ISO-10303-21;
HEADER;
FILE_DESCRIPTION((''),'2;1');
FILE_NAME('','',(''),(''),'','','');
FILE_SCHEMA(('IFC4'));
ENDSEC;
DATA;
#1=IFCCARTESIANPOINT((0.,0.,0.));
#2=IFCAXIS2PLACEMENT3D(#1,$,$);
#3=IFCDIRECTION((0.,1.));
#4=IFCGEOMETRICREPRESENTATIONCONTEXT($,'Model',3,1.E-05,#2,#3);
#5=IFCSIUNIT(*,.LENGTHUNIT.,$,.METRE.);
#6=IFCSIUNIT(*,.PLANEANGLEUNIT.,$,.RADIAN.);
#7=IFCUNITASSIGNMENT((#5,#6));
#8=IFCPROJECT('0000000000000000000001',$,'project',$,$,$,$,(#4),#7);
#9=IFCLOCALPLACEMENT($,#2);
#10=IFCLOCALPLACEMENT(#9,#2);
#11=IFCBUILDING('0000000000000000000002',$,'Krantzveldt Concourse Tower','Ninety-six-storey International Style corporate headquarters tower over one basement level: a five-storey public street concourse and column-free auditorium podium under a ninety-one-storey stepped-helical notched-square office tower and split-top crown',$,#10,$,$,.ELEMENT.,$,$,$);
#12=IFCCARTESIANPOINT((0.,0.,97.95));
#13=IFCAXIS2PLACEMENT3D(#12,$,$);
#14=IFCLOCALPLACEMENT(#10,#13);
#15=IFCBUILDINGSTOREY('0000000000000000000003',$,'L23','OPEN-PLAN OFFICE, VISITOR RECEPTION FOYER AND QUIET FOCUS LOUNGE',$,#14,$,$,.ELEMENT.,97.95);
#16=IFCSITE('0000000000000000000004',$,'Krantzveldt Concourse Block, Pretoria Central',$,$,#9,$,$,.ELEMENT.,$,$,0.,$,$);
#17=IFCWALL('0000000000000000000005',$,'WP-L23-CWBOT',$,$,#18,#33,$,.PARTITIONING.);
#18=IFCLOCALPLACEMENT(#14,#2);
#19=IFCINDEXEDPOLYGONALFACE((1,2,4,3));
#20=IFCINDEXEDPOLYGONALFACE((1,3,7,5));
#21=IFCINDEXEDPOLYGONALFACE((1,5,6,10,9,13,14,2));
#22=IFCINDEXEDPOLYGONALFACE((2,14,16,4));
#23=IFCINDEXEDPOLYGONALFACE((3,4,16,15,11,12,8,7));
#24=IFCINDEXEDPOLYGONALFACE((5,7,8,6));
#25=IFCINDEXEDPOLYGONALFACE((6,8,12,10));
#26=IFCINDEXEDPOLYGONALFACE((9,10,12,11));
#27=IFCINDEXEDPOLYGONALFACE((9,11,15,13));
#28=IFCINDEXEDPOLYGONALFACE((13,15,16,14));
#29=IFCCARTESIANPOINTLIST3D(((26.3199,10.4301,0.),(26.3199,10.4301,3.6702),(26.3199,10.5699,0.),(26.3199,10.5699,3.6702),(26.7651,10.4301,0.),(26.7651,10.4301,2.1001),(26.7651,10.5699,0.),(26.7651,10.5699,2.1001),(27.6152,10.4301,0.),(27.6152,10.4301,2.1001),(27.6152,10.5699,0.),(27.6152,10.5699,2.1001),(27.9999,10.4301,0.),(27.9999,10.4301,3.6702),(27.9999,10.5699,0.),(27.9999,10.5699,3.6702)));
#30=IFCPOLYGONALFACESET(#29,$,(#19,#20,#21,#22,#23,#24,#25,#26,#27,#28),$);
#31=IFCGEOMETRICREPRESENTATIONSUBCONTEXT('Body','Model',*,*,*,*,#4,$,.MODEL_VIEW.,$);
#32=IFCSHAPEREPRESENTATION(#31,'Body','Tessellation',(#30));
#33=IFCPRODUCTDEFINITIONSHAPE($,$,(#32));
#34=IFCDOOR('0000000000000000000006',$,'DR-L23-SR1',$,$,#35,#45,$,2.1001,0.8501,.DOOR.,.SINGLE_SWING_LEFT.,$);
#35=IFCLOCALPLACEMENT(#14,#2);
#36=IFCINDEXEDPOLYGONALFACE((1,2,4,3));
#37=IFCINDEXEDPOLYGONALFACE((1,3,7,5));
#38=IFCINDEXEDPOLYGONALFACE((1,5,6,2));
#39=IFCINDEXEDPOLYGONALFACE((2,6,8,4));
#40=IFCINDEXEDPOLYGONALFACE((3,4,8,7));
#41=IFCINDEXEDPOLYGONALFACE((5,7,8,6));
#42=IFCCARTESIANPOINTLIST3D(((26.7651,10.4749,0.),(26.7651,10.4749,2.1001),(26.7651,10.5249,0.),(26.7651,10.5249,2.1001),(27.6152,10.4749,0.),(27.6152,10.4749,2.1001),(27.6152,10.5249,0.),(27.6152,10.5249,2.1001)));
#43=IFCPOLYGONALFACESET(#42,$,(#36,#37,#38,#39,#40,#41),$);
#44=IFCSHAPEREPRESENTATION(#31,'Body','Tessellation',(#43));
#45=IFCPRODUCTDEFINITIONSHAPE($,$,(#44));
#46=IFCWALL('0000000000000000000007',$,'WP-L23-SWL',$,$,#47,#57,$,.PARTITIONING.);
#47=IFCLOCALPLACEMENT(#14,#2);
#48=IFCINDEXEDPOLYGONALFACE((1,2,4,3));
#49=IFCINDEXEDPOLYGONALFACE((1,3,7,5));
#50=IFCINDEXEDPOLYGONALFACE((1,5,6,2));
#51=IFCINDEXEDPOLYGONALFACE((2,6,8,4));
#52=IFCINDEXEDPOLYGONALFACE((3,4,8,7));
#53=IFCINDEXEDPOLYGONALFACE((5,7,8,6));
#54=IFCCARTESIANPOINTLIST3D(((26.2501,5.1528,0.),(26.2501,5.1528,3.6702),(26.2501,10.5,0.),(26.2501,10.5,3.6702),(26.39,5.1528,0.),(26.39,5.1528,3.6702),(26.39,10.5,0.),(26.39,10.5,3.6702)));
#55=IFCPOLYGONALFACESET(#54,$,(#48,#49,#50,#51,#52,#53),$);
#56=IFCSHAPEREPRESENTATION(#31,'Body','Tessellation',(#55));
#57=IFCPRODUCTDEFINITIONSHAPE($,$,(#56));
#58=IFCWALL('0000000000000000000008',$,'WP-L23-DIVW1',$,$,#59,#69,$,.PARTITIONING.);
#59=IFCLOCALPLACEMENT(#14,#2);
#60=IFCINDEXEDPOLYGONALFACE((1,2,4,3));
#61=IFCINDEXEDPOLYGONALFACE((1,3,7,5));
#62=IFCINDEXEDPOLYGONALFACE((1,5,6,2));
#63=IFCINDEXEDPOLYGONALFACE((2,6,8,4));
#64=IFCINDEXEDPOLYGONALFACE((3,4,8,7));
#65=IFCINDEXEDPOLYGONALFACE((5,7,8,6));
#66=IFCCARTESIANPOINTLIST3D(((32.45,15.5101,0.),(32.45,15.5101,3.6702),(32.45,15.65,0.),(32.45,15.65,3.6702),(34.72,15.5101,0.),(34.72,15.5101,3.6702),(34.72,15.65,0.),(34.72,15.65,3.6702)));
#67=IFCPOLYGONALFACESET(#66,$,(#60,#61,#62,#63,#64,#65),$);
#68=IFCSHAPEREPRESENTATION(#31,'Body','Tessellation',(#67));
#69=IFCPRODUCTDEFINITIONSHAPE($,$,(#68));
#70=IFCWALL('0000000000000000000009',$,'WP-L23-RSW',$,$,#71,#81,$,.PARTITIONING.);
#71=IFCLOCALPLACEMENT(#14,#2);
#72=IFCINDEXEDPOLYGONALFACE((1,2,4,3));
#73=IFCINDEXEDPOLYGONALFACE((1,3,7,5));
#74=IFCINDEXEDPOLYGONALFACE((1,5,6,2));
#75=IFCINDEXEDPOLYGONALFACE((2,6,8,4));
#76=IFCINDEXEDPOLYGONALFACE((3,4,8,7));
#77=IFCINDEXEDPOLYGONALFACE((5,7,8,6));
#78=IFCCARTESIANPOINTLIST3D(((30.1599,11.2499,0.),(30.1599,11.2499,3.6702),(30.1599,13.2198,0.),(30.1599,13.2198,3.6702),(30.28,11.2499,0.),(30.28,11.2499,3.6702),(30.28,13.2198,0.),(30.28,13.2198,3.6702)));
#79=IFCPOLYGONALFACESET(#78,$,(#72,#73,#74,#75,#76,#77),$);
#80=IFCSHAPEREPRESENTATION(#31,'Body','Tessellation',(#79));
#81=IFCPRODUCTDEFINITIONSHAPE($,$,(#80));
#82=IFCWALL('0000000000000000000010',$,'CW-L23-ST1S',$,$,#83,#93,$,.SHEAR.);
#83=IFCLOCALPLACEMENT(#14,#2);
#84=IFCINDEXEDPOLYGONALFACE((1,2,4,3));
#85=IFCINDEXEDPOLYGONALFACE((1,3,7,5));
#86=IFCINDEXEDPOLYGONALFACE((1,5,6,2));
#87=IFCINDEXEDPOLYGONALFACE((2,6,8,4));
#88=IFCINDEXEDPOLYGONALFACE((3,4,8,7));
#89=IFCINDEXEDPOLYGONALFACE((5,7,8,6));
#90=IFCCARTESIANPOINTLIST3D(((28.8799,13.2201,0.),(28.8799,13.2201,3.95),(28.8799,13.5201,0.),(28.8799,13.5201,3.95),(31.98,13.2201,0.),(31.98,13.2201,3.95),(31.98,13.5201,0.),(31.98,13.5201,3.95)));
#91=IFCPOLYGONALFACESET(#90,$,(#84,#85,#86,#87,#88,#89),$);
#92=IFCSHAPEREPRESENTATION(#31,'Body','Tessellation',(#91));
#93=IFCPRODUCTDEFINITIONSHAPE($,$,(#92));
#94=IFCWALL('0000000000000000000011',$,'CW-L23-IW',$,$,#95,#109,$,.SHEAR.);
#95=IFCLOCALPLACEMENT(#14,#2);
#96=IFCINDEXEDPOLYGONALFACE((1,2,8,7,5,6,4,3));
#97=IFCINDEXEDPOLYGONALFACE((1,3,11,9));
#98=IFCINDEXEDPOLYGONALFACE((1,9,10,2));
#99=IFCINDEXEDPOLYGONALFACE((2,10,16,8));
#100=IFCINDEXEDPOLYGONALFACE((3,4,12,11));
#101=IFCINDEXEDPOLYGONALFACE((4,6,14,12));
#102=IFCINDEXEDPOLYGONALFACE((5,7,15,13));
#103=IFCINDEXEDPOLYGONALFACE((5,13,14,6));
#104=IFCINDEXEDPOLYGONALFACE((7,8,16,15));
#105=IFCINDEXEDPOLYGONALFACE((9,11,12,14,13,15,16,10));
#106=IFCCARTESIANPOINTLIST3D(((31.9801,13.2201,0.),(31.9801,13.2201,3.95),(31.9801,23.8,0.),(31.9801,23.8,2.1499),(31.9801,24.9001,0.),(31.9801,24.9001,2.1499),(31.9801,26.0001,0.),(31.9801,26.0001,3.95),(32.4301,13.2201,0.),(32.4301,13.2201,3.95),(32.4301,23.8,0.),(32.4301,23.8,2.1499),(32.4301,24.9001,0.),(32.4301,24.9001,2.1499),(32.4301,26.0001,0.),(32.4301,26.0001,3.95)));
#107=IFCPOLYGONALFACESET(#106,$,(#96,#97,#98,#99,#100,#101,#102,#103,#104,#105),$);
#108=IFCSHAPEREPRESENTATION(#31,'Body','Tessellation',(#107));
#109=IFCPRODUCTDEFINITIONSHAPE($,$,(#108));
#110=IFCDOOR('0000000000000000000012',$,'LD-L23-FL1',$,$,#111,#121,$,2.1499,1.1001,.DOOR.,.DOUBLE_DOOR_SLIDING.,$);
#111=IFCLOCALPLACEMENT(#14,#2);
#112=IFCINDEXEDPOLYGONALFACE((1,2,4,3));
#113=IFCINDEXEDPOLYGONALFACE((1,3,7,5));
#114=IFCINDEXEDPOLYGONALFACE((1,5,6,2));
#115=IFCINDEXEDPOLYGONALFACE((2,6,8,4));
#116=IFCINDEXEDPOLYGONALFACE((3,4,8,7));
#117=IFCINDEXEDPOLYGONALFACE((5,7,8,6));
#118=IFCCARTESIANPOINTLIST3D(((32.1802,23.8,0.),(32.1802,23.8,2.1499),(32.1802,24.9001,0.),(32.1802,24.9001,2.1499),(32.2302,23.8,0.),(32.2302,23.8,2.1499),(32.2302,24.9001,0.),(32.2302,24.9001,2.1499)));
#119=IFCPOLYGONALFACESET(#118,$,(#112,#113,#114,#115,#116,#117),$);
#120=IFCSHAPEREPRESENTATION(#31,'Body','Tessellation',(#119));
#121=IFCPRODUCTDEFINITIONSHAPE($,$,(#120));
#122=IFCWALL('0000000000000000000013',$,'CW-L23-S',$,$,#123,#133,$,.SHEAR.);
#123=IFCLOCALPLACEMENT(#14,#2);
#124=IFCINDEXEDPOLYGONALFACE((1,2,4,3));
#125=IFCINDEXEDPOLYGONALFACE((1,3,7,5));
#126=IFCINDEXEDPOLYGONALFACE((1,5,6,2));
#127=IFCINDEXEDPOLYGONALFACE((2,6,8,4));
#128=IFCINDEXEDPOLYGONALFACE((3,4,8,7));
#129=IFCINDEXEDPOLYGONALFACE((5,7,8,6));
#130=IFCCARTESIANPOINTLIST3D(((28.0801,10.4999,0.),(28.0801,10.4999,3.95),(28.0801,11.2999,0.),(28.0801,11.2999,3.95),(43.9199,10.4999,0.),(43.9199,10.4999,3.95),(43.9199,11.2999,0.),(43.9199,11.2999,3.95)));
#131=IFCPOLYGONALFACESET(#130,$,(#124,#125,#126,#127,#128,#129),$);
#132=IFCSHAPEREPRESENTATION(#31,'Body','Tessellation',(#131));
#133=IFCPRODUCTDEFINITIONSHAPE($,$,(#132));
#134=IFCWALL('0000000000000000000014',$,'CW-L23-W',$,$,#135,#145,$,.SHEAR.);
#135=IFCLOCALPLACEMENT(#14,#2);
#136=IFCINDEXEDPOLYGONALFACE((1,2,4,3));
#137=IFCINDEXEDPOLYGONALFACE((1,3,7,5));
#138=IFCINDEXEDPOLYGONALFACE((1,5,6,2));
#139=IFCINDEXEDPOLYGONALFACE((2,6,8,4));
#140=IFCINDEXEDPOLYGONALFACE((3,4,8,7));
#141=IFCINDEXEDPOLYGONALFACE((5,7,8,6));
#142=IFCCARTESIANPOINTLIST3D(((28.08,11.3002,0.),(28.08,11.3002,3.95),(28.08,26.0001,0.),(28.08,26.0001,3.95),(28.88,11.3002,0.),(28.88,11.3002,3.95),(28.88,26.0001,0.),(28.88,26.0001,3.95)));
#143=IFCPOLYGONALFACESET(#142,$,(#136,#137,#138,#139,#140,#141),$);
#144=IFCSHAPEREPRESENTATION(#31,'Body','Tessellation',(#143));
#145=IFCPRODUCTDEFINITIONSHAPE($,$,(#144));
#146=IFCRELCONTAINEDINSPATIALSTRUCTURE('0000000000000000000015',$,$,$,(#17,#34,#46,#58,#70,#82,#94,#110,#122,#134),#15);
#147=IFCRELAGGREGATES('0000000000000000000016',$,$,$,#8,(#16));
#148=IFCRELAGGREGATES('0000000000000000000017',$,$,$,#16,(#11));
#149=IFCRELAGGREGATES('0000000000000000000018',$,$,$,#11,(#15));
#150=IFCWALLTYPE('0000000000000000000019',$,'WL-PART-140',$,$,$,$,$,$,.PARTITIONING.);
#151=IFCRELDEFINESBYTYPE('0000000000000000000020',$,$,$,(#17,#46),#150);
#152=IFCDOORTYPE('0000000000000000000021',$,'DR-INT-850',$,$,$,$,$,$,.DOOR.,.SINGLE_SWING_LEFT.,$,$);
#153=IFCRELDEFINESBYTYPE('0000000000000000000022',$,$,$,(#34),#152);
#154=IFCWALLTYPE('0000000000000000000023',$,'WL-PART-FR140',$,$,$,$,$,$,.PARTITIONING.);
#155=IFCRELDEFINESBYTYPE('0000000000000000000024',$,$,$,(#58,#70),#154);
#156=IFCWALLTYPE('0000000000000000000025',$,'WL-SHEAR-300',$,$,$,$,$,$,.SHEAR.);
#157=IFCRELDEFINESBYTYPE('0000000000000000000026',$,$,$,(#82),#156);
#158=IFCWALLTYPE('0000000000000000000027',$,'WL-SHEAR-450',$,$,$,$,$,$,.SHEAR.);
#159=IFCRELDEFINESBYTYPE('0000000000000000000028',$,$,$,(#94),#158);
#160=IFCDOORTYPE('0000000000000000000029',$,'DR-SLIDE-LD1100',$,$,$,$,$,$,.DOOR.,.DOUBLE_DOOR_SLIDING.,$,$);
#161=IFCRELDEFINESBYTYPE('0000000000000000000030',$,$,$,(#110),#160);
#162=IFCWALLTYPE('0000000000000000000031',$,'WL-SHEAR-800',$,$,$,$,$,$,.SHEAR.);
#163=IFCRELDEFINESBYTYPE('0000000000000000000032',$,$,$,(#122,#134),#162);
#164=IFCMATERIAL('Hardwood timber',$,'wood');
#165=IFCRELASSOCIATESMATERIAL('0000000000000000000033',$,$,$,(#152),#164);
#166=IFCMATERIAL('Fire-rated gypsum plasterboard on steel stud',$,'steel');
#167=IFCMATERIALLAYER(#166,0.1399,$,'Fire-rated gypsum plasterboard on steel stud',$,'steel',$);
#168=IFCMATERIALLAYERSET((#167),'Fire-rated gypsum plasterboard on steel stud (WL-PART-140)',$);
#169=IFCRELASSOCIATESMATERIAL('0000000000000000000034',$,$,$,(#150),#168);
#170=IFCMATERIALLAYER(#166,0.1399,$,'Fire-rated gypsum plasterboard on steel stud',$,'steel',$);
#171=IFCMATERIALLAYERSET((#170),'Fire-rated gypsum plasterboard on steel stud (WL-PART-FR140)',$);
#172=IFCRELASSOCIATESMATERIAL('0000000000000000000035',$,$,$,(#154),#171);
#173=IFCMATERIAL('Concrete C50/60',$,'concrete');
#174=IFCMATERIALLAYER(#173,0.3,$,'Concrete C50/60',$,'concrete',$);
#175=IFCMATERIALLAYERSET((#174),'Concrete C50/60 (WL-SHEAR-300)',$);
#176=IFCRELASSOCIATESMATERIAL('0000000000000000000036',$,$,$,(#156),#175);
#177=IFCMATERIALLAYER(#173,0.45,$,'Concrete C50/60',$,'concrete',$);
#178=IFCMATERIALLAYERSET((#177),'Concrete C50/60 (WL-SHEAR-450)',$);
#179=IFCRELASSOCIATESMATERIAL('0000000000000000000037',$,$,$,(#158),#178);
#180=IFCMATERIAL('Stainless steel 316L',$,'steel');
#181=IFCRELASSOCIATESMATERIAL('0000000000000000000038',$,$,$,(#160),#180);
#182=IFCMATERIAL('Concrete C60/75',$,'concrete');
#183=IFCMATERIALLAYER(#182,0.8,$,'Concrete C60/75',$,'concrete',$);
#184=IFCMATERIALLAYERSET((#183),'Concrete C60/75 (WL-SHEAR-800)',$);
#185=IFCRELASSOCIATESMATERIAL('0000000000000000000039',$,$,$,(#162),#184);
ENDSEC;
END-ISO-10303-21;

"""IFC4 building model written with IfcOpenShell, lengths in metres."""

from ifc_helpers import new_model, si_unit, direction, frame, frame_2d, origin, place, context, subcontext, project, spatial, rectangle, extrude, material, layer, layer_set, type_object, element, fill, save


model = new_model("IFC4")

# Units and contexts
model_context = context("Model", 3, precision=1e-05, world=origin(), true_north=direction((0.0, 1.0)))
body_context = subcontext(model_context, "Body", "Model", "MODEL_VIEW")
ifc_project = project(units=[si_unit("LENGTHUNIT", "METRE"), si_unit("PLANEANGLEUNIT", "RADIAN")], contexts=[model_context])

# Site, building, storey
site_placement = place(None, origin())
site = spatial("IfcSite", under=ifc_project, at=site_placement, Name="Krantzveldt Concourse Block, Pretoria Central", CompositionType="ELEMENT", RefElevation=0.0)
building_placement = place(site_placement, origin())
building = spatial("IfcBuilding", under=site, at=building_placement, Name="Krantzveldt Concourse Tower", Description="Ninety-six-storey International Style corporate headquarters tower over one basement level: a five-storey public street concourse and column-free auditorium podium under a ninety-one-storey stepped-helical notched-square office tower and split-top crown", CompositionType="ELEMENT")
storey_placement = place(building_placement, frame((0.0, 0.0, 97.95)))
storey = spatial("IfcBuildingStorey", under=building, at=storey_placement, Name="L23", Description="OPEN-PLAN OFFICE, VISITOR RECEPTION FOYER AND QUIET FOCUS LOUNGE", CompositionType="ELEMENT", Elevation=97.95)

# Shared definitions
ifc_material_1 = material(Name="Fire-rated gypsum plasterboard on steel stud", Category="steel")
ifc_material_2 = material(Name="Hardwood timber", Category="wood")
door_type_1 = type_object("IfcDoorType", Name="DR-INT-850", OperationType="SINGLE_SWING_LEFT", PredefinedType="DOOR", material=ifc_material_2)

# Shared definitions
ifc_layer_1 = layer(ifc_material_1, 0.1399, Name="Fire-rated gypsum plasterboard on steel stud", Category="steel")
ifc_layer_set_1 = layer_set([ifc_layer_1], Name="Fire-rated gypsum plasterboard on steel stud (WL-PART-140)")
wall_type_1 = type_object("IfcWallType", Name="WL-PART-140", PredefinedType="PARTITIONING", material=ifc_layer_set_1)

# Wall, opening, door
wall_1_placement = place(storey_placement, frame((26.3201, 10.5, 0.0), z_axis=(0.0, 0.0, 1.0), x_axis=(1.0, 0.0, 0.0)))
wall_1 = element("IfcWall", 1, at=wall_1_placement, inside=storey, type_object=wall_type_1, Name="WP-L23-CWBOT", PredefinedType="PARTITIONING", context=body_context, shape_type="SweptSolid", body=[
    extrude(rectangle(XDim=1.6799, YDim=0.1399, at=frame_2d((0.8398, 0.0))), origin(), (0.0, 0.0, 1.0), 3.6702),
])
opening_1_placement = place(wall_1_placement, frame((0.4451, 0.0, 0.0)))
opening_1 = element("IfcOpeningElement", 2, at=opening_1_placement, cuts=wall_1, PredefinedType="OPENING", context=body_context, shape_type="SweptSolid", body=[
    extrude(rectangle(XDim=0.8501, YDim=2.1001, at=frame_2d((0.425, 1.05))), frame((0.0, 0.0801, 0.0), z_axis=(0.0, -1.0, 0.0), x_axis=(1.0, 0.0, 0.0)), (0.0, 0.0, 1.0), 0.1599),
])
door_1_placement = place(opening_1_placement, origin())
door_1 = element("IfcDoor", 3, at=door_1_placement, inside=storey, type_object=door_type_1, Name="DR-L23-SR1", OperationType="SINGLE_SWING_LEFT", OverallHeight=2.1001, OverallWidth=0.8501, PredefinedType="DOOR", context=body_context, shape_type="SweptSolid", body=[
    extrude(rectangle(XDim=0.8501, YDim=2.1001, at=frame_2d((0.425, 1.05))), frame((0.0, 0.0249, 0.0), z_axis=(0.0, -1.0, 0.0), x_axis=(1.0, 0.0, 0.0)), (0.0, 0.0, 1.0), 0.05),
])
fill(opening_1, door_1)

# Walls
wall_2_placement = place(storey_placement, frame((26.3201, 5.1528, 0.0), z_axis=(0.0, 0.0, 1.0), x_axis=(0.0, 1.0, 0.0)))
element("IfcWall", 4, at=wall_2_placement, inside=storey, type_object=wall_type_1, Name="WP-L23-SWL", PredefinedType="PARTITIONING", context=body_context, shape_type="SweptSolid", body=[
    extrude(rectangle(XDim=5.3472, YDim=0.1399, at=frame_2d((2.6736, 0.0))), origin(), (0.0, 0.0, 1.0), 3.6702),
])
ifc_layer_2 = layer(ifc_material_1, 0.1399, Name="Fire-rated gypsum plasterboard on steel stud", Category="steel")
ifc_layer_set_2 = layer_set([ifc_layer_2], Name="Fire-rated gypsum plasterboard on steel stud (WL-PART-FR140)")
wall_type_2 = type_object("IfcWallType", Name="WL-PART-FR140", PredefinedType="PARTITIONING", material=ifc_layer_set_2)
wall_3_placement = place(storey_placement, frame((32.45, 15.5801, 0.0), z_axis=(0.0, 0.0, 1.0), x_axis=(1.0, 0.0, 0.0)))
element("IfcWall", 5, at=wall_3_placement, inside=storey, type_object=wall_type_2, Name="WP-L23-DIVW1", PredefinedType="PARTITIONING", context=body_context, shape_type="SweptSolid", body=[
    extrude(rectangle(XDim=2.27, YDim=0.1399, at=frame_2d((1.135, 0.0))), origin(), (0.0, 0.0, 1.0), 3.6702),
])
wall_4_placement = place(storey_placement, frame((30.22, 11.25, 0.0), z_axis=(0.0, 0.0, 1.0), x_axis=(0.0, 1.0, 0.0)))
element("IfcWall", 6, at=wall_4_placement, inside=storey, type_object=wall_type_2, Name="WP-L23-RSW", PredefinedType="PARTITIONING", context=body_context, shape_type="SweptSolid", body=[
    extrude(rectangle(XDim=1.97, YDim=0.1201, at=frame_2d((0.9849, 0.0))), origin(), (0.0, 0.0, 1.0), 3.6702),
])
ifc_material_3 = material(Name="Concrete C50/60", Category="concrete")
ifc_layer_3 = layer(ifc_material_3, 0.3, Name="Concrete C50/60", Category="concrete")
ifc_layer_set_3 = layer_set([ifc_layer_3], Name="Concrete C50/60 (WL-SHEAR-300)")
wall_type_3 = type_object("IfcWallType", Name="WL-SHEAR-300", PredefinedType="SHEAR", material=ifc_layer_set_3)
wall_5_placement = place(storey_placement, frame((28.8799, 13.3701, 0.0), z_axis=(0.0, 0.0, 1.0), x_axis=(1.0, 0.0, 0.0)))
element("IfcWall", 7, at=wall_5_placement, inside=storey, type_object=wall_type_3, Name="CW-L23-ST1S", PredefinedType="SHEAR", context=body_context, shape_type="SweptSolid", body=[
    extrude(rectangle(XDim=3.1001, YDim=0.3, at=frame_2d((1.55, 0.0))), origin(), (0.0, 0.0, 1.0), 3.95),
])

# Wall, opening, door
ifc_layer_4 = layer(ifc_material_3, 0.45, Name="Concrete C50/60", Category="concrete")
ifc_layer_set_4 = layer_set([ifc_layer_4], Name="Concrete C50/60 (WL-SHEAR-450)")
wall_type_4 = type_object("IfcWallType", Name="WL-SHEAR-450", PredefinedType="SHEAR", material=ifc_layer_set_4)
wall_6_placement = place(storey_placement, frame((32.2051, 13.22, 0.0), z_axis=(0.0, 0.0, 1.0), x_axis=(0.0, 1.0, 0.0)))
wall_6 = element("IfcWall", 8, at=wall_6_placement, inside=storey, type_object=wall_type_4, Name="CW-L23-IW", PredefinedType="SHEAR", context=body_context, shape_type="SweptSolid", body=[
    extrude(rectangle(XDim=12.78, YDim=0.45, at=frame_2d((6.3901, 0.0))), origin(), (0.0, 0.0, 1.0), 3.95),
])
opening_2_placement = place(wall_6_placement, frame((10.5801, 0.0, 0.0)))
opening_2 = element("IfcOpeningElement", 9, at=opening_2_placement, cuts=wall_6, PredefinedType="OPENING", context=body_context, shape_type="SweptSolid", body=[
    extrude(rectangle(XDim=1.1001, YDim=2.1499, at=frame_2d((0.55, 1.075))), frame((0.0, 0.2349, 0.0), z_axis=(0.0, -1.0, 0.0), x_axis=(1.0, 0.0, 0.0)), (0.0, 0.0, 1.0), 0.47),
])
ifc_material_4 = material(Name="Stainless steel 316L", Category="steel")
door_type_2 = type_object("IfcDoorType", Name="DR-SLIDE-LD1100", OperationType="DOUBLE_DOOR_SLIDING", PredefinedType="DOOR", material=ifc_material_4)
door_2_placement = place(opening_2_placement, origin())
door_2 = element("IfcDoor", 10, at=door_2_placement, inside=storey, type_object=door_type_2, Name="LD-L23-FL1", OperationType="DOUBLE_DOOR_SLIDING", OverallHeight=2.1499, OverallWidth=1.1001, PredefinedType="DOOR", context=body_context, shape_type="SweptSolid", body=[
    extrude(rectangle(XDim=1.1001, YDim=2.1499, at=frame_2d((0.55, 1.075))), frame((0.0, 0.0249, 0.0), z_axis=(0.0, -1.0, 0.0), x_axis=(1.0, 0.0, 0.0)), (0.0, 0.0, 1.0), 0.05),
])
fill(opening_2, door_2)

# Walls
ifc_material_5 = material(Name="Concrete C60/75", Category="concrete")
ifc_layer_5 = layer(ifc_material_5, 0.8, Name="Concrete C60/75", Category="concrete")
ifc_layer_set_5 = layer_set([ifc_layer_5], Name="Concrete C60/75 (WL-SHEAR-800)")
wall_type_5 = type_object("IfcWallType", Name="WL-SHEAR-800", PredefinedType="SHEAR", material=ifc_layer_set_5)
wall_7_placement = place(storey_placement, frame((28.0801, 10.8999, 0.0), z_axis=(0.0, 0.0, 1.0), x_axis=(1.0, 0.0, 0.0)))
element("IfcWall", 11, at=wall_7_placement, inside=storey, type_object=wall_type_5, Name="CW-L23-S", PredefinedType="SHEAR", context=body_context, shape_type="SweptSolid", body=[
    extrude(rectangle(XDim=15.8398, YDim=0.8, at=frame_2d((7.9199, 0.0))), origin(), (0.0, 0.0, 1.0), 3.95),
])
wall_8_placement = place(storey_placement, frame((28.48, 11.3, 0.0), z_axis=(0.0, 0.0, 1.0), x_axis=(0.0, 1.0, 0.0)))
element("IfcWall", 12, at=wall_8_placement, inside=storey, type_object=wall_type_5, Name="CW-L23-W", PredefinedType="SHEAR", context=body_context, shape_type="SweptSolid", body=[
    extrude(rectangle(XDim=14.7, YDim=0.8, at=frame_2d((7.3501, 0.0))), origin(), (0.0, 0.0, 1.0), 3.95),
])

save(model, "model.ifc")
